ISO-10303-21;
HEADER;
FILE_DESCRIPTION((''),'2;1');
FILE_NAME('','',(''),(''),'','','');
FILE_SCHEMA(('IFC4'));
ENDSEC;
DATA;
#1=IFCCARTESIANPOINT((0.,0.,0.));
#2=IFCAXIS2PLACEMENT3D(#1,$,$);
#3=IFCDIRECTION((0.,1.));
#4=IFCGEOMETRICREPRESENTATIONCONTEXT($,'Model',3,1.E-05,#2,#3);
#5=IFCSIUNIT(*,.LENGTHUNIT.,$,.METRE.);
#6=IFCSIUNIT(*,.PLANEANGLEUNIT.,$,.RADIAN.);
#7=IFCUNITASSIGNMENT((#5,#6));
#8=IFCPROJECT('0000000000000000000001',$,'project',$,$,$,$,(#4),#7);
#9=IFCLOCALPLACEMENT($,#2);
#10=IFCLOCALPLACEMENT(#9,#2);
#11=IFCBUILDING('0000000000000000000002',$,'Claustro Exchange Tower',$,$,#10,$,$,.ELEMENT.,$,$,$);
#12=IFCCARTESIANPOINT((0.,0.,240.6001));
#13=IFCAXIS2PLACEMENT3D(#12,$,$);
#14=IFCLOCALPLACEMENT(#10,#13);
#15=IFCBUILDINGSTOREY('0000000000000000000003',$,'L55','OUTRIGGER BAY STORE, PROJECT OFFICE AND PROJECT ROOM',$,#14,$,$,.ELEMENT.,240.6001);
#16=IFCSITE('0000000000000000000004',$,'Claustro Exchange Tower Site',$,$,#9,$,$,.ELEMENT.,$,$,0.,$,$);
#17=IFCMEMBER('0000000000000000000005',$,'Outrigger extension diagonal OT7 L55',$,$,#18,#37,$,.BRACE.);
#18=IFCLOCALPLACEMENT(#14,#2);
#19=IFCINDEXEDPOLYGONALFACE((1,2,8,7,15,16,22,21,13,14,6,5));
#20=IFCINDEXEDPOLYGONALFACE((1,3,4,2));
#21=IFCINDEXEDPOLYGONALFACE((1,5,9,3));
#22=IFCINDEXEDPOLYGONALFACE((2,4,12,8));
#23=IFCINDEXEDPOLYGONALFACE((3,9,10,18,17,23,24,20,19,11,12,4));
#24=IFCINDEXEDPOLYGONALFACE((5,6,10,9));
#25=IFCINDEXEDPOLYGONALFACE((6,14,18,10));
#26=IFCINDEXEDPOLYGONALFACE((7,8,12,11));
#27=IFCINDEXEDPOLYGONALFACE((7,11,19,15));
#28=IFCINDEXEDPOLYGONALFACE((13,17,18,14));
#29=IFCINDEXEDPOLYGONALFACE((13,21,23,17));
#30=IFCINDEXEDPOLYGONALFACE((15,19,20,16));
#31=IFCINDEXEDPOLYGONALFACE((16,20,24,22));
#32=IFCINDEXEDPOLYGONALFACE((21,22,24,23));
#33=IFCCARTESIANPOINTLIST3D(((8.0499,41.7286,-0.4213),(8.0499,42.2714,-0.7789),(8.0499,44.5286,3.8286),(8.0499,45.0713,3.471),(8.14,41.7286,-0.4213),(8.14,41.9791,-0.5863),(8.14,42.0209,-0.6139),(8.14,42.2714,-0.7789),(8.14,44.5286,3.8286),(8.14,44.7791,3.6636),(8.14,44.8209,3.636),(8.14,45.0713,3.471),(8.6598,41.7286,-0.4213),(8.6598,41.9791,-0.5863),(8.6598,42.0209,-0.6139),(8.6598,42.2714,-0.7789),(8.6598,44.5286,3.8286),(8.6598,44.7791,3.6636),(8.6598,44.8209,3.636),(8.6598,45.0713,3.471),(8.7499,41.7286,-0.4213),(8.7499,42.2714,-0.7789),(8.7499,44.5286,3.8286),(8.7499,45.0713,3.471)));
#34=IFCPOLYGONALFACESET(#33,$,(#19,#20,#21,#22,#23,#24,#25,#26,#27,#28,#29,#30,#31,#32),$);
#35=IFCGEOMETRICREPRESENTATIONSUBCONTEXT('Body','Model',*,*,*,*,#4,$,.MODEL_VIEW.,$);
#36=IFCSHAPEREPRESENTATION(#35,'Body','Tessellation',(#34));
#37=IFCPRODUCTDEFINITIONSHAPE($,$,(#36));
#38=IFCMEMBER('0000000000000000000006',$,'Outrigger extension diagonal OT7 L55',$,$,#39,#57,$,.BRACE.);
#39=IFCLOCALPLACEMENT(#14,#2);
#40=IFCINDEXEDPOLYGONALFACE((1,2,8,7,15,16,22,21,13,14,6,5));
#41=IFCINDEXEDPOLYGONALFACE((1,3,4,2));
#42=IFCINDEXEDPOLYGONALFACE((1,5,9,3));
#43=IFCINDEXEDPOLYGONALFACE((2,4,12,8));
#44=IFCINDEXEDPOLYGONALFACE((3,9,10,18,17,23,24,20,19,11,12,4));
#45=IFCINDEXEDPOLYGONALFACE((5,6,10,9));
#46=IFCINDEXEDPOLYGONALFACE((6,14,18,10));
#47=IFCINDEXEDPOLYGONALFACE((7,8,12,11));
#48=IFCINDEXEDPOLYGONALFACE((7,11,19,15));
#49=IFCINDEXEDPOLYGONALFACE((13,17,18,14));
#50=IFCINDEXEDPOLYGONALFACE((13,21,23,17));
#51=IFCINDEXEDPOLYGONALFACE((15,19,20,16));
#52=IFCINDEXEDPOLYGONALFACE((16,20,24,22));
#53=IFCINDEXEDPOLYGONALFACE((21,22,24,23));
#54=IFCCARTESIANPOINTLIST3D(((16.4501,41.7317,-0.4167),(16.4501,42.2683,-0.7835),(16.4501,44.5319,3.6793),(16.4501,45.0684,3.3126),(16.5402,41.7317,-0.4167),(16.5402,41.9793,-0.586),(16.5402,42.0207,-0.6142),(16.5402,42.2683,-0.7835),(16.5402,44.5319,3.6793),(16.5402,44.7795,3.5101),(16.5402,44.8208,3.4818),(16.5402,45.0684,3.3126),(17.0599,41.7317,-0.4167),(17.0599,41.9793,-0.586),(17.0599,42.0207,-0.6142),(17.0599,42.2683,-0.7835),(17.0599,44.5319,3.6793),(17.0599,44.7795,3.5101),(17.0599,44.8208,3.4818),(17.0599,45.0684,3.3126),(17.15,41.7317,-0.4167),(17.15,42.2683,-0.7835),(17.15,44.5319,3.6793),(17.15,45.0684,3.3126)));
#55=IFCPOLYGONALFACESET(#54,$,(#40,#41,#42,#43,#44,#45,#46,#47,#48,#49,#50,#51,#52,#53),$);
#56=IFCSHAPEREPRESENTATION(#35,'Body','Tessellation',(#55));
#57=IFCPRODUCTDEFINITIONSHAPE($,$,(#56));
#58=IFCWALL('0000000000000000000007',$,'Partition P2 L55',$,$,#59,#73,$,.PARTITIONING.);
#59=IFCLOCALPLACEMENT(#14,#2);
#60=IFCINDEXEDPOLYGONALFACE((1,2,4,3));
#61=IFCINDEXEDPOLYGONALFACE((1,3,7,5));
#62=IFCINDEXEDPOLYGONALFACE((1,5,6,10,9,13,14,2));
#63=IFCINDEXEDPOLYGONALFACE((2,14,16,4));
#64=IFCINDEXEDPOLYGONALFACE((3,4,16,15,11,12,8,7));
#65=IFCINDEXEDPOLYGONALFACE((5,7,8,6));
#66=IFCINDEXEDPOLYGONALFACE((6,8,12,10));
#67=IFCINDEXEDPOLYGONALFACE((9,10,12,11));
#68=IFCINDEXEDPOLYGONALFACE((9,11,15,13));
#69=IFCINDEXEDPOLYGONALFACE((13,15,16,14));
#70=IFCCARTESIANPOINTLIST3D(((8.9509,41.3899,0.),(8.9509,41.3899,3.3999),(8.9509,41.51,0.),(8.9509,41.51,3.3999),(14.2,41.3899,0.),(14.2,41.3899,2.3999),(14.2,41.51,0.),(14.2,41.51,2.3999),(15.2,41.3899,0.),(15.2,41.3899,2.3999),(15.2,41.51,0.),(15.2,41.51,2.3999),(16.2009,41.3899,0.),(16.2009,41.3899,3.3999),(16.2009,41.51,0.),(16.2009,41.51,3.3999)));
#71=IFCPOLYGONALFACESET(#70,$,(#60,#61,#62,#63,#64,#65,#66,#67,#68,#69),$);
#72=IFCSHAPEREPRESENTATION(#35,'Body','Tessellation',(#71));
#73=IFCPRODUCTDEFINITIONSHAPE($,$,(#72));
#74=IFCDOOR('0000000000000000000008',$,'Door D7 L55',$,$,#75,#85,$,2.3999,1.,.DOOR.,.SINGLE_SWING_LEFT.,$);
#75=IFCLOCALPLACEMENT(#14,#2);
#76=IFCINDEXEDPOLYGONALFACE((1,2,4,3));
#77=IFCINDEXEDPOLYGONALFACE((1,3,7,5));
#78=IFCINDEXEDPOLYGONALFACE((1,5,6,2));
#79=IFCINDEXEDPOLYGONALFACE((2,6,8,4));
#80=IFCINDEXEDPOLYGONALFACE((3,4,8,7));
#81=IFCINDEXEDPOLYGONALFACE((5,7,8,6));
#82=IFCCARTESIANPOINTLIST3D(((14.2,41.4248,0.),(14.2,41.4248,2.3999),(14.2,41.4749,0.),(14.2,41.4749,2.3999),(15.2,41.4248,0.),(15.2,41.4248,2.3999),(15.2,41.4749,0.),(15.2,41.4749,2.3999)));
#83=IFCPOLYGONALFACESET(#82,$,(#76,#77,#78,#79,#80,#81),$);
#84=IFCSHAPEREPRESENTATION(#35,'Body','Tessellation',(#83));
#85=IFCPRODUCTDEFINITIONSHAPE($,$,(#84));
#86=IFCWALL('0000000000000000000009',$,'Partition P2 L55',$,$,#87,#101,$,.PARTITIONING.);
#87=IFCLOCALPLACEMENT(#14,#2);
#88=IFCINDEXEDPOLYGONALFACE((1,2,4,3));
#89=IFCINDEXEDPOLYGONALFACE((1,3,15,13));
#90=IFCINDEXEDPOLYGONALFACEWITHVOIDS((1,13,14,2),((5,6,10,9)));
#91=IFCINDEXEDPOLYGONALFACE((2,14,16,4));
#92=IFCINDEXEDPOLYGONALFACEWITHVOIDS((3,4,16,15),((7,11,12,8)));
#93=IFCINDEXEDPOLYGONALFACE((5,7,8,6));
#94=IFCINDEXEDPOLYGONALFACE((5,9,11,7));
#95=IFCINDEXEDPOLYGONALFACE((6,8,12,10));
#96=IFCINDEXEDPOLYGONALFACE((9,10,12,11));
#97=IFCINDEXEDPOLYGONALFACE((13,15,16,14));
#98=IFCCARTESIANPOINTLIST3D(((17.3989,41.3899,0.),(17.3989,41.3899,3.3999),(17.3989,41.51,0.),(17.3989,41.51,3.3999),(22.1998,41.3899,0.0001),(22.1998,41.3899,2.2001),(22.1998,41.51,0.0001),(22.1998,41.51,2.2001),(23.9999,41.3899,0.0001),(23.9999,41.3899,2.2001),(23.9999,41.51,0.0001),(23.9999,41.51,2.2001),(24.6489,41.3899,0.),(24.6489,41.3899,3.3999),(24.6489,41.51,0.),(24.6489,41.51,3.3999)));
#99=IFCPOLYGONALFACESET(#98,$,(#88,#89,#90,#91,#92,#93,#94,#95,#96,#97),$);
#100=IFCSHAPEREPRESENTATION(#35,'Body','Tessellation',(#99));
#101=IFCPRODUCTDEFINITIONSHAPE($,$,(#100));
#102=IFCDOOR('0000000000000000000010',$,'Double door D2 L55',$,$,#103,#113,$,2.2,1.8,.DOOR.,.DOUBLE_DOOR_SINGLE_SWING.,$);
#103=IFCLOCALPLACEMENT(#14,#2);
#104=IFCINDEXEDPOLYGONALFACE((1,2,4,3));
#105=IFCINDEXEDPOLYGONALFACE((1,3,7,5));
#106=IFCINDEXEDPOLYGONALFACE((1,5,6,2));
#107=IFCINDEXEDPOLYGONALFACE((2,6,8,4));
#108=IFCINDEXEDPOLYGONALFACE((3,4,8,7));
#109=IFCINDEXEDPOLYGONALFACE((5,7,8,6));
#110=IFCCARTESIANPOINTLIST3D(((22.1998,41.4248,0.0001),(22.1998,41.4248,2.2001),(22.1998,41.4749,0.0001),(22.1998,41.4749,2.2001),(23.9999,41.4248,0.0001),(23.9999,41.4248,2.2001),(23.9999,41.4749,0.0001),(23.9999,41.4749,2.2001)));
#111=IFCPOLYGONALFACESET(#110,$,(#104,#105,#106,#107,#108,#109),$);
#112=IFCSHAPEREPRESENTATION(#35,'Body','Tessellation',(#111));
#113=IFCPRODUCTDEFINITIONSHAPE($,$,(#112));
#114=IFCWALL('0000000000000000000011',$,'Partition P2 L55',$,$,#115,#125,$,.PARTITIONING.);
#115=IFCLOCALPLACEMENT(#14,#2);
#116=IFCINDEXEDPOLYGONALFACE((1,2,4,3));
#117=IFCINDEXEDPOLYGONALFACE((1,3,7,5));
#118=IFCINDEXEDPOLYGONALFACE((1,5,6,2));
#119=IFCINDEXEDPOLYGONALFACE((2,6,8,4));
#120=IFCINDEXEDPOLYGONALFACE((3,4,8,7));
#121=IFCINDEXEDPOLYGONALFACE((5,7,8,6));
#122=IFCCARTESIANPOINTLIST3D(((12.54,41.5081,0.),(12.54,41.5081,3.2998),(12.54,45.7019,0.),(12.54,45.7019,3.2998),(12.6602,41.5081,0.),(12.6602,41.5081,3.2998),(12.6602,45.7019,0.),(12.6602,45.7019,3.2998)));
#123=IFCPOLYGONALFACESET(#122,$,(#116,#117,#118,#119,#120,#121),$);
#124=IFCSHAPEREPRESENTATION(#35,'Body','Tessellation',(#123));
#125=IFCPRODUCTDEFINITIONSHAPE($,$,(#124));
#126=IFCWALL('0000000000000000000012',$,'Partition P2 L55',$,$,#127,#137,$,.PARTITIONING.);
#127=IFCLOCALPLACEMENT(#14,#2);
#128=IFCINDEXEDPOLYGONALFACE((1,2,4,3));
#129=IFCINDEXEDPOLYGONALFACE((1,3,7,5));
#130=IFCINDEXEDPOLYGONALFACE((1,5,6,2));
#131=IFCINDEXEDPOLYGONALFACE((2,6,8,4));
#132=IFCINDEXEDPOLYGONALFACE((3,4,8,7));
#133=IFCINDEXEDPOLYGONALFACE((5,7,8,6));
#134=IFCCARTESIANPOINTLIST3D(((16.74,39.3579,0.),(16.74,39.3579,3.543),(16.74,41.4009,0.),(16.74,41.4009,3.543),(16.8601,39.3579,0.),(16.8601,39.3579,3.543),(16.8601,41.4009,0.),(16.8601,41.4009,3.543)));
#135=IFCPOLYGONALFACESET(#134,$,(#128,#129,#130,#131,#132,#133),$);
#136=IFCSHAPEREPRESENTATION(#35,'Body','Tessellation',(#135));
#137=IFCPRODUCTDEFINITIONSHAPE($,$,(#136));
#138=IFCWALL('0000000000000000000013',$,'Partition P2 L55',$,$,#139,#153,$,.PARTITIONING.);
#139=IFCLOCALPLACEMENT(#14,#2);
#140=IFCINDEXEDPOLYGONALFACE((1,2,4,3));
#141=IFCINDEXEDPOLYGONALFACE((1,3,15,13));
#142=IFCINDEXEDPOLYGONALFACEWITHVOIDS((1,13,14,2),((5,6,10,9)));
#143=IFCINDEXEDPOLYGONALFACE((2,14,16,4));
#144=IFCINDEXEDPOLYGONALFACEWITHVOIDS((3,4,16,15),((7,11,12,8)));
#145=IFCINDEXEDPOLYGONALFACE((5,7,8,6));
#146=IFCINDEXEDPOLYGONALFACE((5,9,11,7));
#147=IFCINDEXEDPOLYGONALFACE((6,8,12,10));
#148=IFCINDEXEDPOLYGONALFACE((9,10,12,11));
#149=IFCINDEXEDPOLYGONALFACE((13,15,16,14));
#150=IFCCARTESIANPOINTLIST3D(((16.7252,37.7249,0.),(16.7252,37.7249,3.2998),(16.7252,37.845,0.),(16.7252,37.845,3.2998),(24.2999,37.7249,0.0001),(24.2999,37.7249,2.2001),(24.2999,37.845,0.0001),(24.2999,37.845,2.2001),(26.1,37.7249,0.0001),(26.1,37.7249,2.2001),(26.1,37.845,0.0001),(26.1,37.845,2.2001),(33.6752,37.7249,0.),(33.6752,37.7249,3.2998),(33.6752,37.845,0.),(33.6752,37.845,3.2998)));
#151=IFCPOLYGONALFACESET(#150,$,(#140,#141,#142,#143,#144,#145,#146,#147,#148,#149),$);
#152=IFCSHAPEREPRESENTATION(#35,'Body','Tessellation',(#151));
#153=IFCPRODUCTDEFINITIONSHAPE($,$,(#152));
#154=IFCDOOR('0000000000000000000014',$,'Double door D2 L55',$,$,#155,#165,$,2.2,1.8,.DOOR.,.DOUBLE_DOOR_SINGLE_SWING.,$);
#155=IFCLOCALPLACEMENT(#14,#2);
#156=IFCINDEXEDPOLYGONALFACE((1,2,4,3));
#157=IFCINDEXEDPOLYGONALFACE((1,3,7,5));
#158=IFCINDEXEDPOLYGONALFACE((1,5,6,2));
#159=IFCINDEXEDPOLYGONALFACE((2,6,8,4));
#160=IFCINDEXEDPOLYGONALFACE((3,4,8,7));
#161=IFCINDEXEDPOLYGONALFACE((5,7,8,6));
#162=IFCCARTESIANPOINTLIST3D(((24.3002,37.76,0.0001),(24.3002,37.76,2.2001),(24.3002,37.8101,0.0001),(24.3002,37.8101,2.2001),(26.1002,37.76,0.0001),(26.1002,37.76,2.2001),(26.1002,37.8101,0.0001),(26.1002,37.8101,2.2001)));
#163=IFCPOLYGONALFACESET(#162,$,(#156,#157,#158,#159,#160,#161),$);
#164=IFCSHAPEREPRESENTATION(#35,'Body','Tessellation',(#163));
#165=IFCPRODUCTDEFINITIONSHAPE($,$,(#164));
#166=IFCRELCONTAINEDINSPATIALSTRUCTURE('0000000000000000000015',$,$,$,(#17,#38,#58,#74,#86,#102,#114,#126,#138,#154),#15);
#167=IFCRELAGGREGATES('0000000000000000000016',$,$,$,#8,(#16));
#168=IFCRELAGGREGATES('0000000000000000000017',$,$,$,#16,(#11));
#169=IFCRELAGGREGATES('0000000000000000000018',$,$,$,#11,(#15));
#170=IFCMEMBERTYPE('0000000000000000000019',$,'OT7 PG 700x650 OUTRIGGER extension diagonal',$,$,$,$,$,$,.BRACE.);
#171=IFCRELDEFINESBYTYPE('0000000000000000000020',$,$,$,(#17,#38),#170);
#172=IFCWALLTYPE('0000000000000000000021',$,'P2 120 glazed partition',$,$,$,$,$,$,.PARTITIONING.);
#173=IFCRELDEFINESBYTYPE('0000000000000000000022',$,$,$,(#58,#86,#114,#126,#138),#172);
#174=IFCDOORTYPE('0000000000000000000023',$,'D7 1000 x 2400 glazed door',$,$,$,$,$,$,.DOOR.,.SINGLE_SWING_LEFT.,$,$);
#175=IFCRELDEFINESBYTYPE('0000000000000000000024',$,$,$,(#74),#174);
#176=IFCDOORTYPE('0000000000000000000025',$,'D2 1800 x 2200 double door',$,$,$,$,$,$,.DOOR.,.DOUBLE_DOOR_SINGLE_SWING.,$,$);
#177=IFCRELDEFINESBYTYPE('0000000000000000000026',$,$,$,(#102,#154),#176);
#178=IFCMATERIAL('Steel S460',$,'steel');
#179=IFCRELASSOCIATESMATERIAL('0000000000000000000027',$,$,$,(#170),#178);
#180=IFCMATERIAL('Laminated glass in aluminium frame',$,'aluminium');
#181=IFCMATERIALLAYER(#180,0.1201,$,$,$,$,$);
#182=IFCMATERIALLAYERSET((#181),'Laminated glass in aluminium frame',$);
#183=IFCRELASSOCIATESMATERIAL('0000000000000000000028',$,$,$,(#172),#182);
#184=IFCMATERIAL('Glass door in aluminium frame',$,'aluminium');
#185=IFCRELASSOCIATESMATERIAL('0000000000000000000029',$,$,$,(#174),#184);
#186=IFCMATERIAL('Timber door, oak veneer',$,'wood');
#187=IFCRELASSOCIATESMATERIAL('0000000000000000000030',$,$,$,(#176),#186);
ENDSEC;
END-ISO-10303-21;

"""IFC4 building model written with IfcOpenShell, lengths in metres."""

from ifc_helpers import new_model, si_unit, direction, frame, frame_2d, origin, origin_2d, place, context, subcontext, project, spatial, rectangle, i_section, extrude, material, layer, layer_set, material_profile, profile_set, type_object, element, fill, save


model = new_model("IFC4")

# Units and contexts
model_context = context("Model", 3, precision=1e-05, world=origin(), true_north=direction((0.0, 1.0)))
body_context = subcontext(model_context, "Body", "Model", "MODEL_VIEW")
ifc_project = project(units=[si_unit("LENGTHUNIT", "METRE"), si_unit("PLANEANGLEUNIT", "RADIAN")], contexts=[model_context])

# Site, building, storey
site_placement = place(None, origin())
site = spatial("IfcSite", under=ifc_project, at=site_placement, Name="Claustro Exchange Tower Site", CompositionType="ELEMENT", RefElevation=0.0)
building_placement = place(site_placement, origin())
building = spatial("IfcBuilding", under=site, at=building_placement, Name="Claustro Exchange Tower", CompositionType="ELEMENT")
storey_placement = place(building_placement, frame((0.0, 0.0, 240.6001)))
storey = spatial("IfcBuildingStorey", under=building, at=storey_placement, Name="L55", Description="OUTRIGGER BAY STORE, PROJECT OFFICE AND PROJECT ROOM", CompositionType="ELEMENT", Elevation=240.6001)

# Members
ifc_material_1 = material(Name="Steel S460", Category="steel")
ifc_material_profile_1 = material_profile(ifc_material_1, i_section(OverallWidth=0.6499, OverallDepth=0.7, WebThickness=0.05, FlangeThickness=0.0901, at=origin_2d()), Name="PG 700x650")
ifc_profile_set_1 = profile_set([ifc_material_profile_1], Name="Steel S460")
member_type = type_object("IfcMemberType", Name="OT7 PG 700x650 OUTRIGGER extension diagonal", PredefinedType="BRACE", material=ifc_profile_set_1)
member_1_placement = place(storey_placement, frame((8.3999, 42.0, -0.6001), z_axis=(0.0, 0.550164, 0.835056), x_axis=(0.0, -0.835056, 0.550164)))
element("IfcMember", 1, at=member_1_placement, inside=storey, type_object=member_type, Name="Outrigger extension diagonal OT7 L55", PredefinedType="BRACE", context=body_context, shape_type="SweptSolid", body=[
    extrude(i_section(OverallWidth=0.6499, OverallDepth=0.7, WebThickness=0.05, FlangeThickness=0.0901, at=origin_2d()), origin(), (0.0, 0.0, 1.0), 5.0894),
])
member_2_placement = place(storey_placement, frame((16.8, 42.0, -0.6001), z_axis=(0.0, 0.564349, 0.825537), x_axis=(0.0, -0.825537, 0.564349)))
element("IfcMember", 2, at=member_2_placement, inside=storey, type_object=member_type, Name="Outrigger extension diagonal OT7 L55", PredefinedType="BRACE", context=body_context, shape_type="SweptSolid", body=[
    extrude(i_section(OverallWidth=0.6499, OverallDepth=0.7, WebThickness=0.05, FlangeThickness=0.0901, at=origin_2d()), origin(), (0.0, 0.0, 1.0), 4.9617),
])

# Walls, openings, doors
ifc_material_2 = material(Name="Laminated glass in aluminium frame", Category="aluminium")
ifc_layer_1 = layer(ifc_material_2, 0.1201)
ifc_layer_set_1 = layer_set([ifc_layer_1], Name="Laminated glass in aluminium frame")
wall_type_1 = type_object("IfcWallType", Name="P2 120 glazed partition", PredefinedType="PARTITIONING", material=ifc_layer_set_1)
wall_1_placement = place(storey_placement, frame((8.9509, 41.45, 0.0), z_axis=(0.0, 0.0, 1.0), x_axis=(1.0, 0.0, 0.0)))
wall_1 = element("IfcWall", 3, at=wall_1_placement, inside=storey, type_object=wall_type_1, Name="Partition P2 L55", PredefinedType="PARTITIONING", context=body_context, shape_type="SweptSolid", body=[
    extrude(rectangle(XDim=7.25, YDim=0.1201, at=frame_2d((3.625, 0.0))), origin(), (0.0, 0.0, 1.0), 3.3999),
])
opening_1_placement = place(wall_1_placement, frame((5.249, 0.0, 0.0)))
opening_1 = element("IfcOpeningElement", 4, at=opening_1_placement, cuts=wall_1, PredefinedType="OPENING", context=body_context, shape_type="SweptSolid", body=[
    extrude(rectangle(XDim=1.0, YDim=2.3999, at=frame_2d((0.5, 1.2))), frame((0.0, 0.0701, 0.0), z_axis=(0.0, -1.0, 0.0), x_axis=(1.0, 0.0, 0.0)), (0.0, 0.0, 1.0), 0.1401),
])
ifc_material_3 = material(Name="Glass door in aluminium frame", Category="aluminium")
door_type_1 = type_object("IfcDoorType", Name="D7 1000 x 2400 glazed door", OperationType="SINGLE_SWING_LEFT", PredefinedType="DOOR", material=ifc_material_3)
door_1_placement = place(opening_1_placement, origin())
door_1 = element("IfcDoor", 5, at=door_1_placement, inside=storey, type_object=door_type_1, Name="Door D7 L55", OperationType="SINGLE_SWING_LEFT", OverallHeight=2.3999, OverallWidth=1.0, PredefinedType="DOOR", context=body_context, shape_type="SweptSolid", body=[
    extrude(rectangle(XDim=1.0, YDim=2.3999, at=frame_2d((0.5, 1.2))), frame((0.0, 0.0249, 0.0), z_axis=(0.0, -1.0, 0.0), x_axis=(1.0, 0.0, 0.0)), (0.0, 0.0, 1.0), 0.05),
])
fill(opening_1, door_1)
wall_2_placement = place(storey_placement, frame((17.3989, 41.45, 0.0), z_axis=(0.0, 0.0, 1.0), x_axis=(1.0, 0.0, 0.0)))
wall_2 = element("IfcWall", 6, at=wall_2_placement, inside=storey, type_object=wall_type_1, Name="Partition P2 L55", PredefinedType="PARTITIONING", context=body_context, shape_type="SweptSolid", body=[
    extrude(rectangle(XDim=7.25, YDim=0.1201, at=frame_2d((3.625, 0.0))), origin(), (0.0, 0.0, 1.0), 3.3999),
])
opening_2_placement = place(wall_2_placement, frame((4.801, 0.0, 0.0)))
opening_2 = element("IfcOpeningElement", 7, at=opening_2_placement, cuts=wall_2, PredefinedType="OPENING", context=body_context, shape_type="SweptSolid", body=[
    extrude(rectangle(XDim=1.8, YDim=2.2, at=frame_2d((0.8999, 1.1001))), frame((0.0, 0.0701, 0.0), z_axis=(0.0, -1.0, 0.0), x_axis=(1.0, 0.0, 0.0)), (0.0, 0.0, 1.0), 0.1401),
])
ifc_material_4 = material(Name="Timber door, oak veneer", Category="wood")
door_type_2 = type_object("IfcDoorType", Name="D2 1800 x 2200 double door", OperationType="DOUBLE_DOOR_SINGLE_SWING", PredefinedType="DOOR", material=ifc_material_4)
door_2_placement = place(opening_2_placement, origin())
door_2 = element("IfcDoor", 8, at=door_2_placement, inside=storey, type_object=door_type_2, Name="Double door D2 L55", OperationType="DOUBLE_DOOR_SINGLE_SWING", OverallHeight=2.2, OverallWidth=1.8, PredefinedType="DOOR", context=body_context, shape_type="SweptSolid", body=[
    extrude(rectangle(XDim=1.8, YDim=2.2, at=frame_2d((0.8999, 1.1001))), frame((0.0, 0.0249, 0.0), z_axis=(0.0, -1.0, 0.0), x_axis=(1.0, 0.0, 0.0)), (0.0, 0.0, 1.0), 0.05),
])
fill(opening_2, door_2)

# Walls
wall_3_placement = place(storey_placement, frame((12.6001, 41.5081, 0.0), z_axis=(0.0, 0.0, 1.0), x_axis=(0.0, 1.0, 0.0)))
element("IfcWall", 9, at=wall_3_placement, inside=storey, type_object=wall_type_1, Name="Partition P2 L55", PredefinedType="PARTITIONING", context=body_context, shape_type="SweptSolid", body=[
    extrude(rectangle(XDim=4.1938, YDim=0.1201, at=frame_2d((2.0969, 0.0))), origin(), (0.0, 0.0, 1.0), 3.2998),
])
wall_4_placement = place(storey_placement, frame((16.8, 39.3579, 0.0), z_axis=(0.0, 0.0, 1.0), x_axis=(0.0, 1.0, 0.0)))
element("IfcWall", 10, at=wall_4_placement, inside=storey, type_object=wall_type_1, Name="Partition P2 L55", PredefinedType="PARTITIONING", context=body_context, shape_type="SweptSolid", body=[
    extrude(rectangle(XDim=2.043, YDim=0.1201, at=frame_2d((1.0215, 0.0))), origin(), (0.0, 0.0, 1.0), 3.543),
])

# Wall, opening, door
wall_5_placement = place(storey_placement, frame((16.7251, 37.7849, 0.0), z_axis=(0.0, 0.0, 1.0), x_axis=(1.0, 0.0, 0.0)))
wall_5 = element("IfcWall", 11, at=wall_5_placement, inside=storey, type_object=wall_type_1, Name="Partition P2 L55", PredefinedType="PARTITIONING", context=body_context, shape_type="SweptSolid", body=[
    extrude(rectangle(XDim=16.95, YDim=0.1201, at=frame_2d((8.4751, 0.0))), origin(), (0.0, 0.0, 1.0), 3.2998),
])
opening_3_placement = place(wall_5_placement, frame((7.575, 0.0, 0.0)))
opening_3 = element("IfcOpeningElement", 12, at=opening_3_placement, cuts=wall_5, PredefinedType="OPENING", context=body_context, shape_type="SweptSolid", body=[
    extrude(rectangle(XDim=1.8, YDim=2.2, at=frame_2d((0.8999, 1.1001))), frame((0.0, 0.0701, 0.0), z_axis=(0.0, -1.0, 0.0), x_axis=(1.0, 0.0, 0.0)), (0.0, 0.0, 1.0), 0.1401),
])
door_3_placement = place(opening_3_placement, frame((1.8, 0.0, 0.0), z_axis=(0.0, 0.0, 1.0), x_axis=(-1.0, 0.0, 0.0)))
door_3 = element("IfcDoor", 13, at=door_3_placement, inside=storey, type_object=door_type_2, Name="Double door D2 L55", OperationType="DOUBLE_DOOR_SINGLE_SWING", OverallHeight=2.2, OverallWidth=1.8, PredefinedType="DOOR", context=body_context, shape_type="SweptSolid", body=[
    extrude(rectangle(XDim=1.8, YDim=2.2, at=frame_2d((0.8999, 1.1001))), frame((0.0, 0.0249, 0.0), z_axis=(0.0, -1.0, 0.0), x_axis=(1.0, 0.0, 0.0)), (0.0, 0.0, 1.0), 0.05),
])
fill(opening_3, door_3)

save(model, "model.ifc")
